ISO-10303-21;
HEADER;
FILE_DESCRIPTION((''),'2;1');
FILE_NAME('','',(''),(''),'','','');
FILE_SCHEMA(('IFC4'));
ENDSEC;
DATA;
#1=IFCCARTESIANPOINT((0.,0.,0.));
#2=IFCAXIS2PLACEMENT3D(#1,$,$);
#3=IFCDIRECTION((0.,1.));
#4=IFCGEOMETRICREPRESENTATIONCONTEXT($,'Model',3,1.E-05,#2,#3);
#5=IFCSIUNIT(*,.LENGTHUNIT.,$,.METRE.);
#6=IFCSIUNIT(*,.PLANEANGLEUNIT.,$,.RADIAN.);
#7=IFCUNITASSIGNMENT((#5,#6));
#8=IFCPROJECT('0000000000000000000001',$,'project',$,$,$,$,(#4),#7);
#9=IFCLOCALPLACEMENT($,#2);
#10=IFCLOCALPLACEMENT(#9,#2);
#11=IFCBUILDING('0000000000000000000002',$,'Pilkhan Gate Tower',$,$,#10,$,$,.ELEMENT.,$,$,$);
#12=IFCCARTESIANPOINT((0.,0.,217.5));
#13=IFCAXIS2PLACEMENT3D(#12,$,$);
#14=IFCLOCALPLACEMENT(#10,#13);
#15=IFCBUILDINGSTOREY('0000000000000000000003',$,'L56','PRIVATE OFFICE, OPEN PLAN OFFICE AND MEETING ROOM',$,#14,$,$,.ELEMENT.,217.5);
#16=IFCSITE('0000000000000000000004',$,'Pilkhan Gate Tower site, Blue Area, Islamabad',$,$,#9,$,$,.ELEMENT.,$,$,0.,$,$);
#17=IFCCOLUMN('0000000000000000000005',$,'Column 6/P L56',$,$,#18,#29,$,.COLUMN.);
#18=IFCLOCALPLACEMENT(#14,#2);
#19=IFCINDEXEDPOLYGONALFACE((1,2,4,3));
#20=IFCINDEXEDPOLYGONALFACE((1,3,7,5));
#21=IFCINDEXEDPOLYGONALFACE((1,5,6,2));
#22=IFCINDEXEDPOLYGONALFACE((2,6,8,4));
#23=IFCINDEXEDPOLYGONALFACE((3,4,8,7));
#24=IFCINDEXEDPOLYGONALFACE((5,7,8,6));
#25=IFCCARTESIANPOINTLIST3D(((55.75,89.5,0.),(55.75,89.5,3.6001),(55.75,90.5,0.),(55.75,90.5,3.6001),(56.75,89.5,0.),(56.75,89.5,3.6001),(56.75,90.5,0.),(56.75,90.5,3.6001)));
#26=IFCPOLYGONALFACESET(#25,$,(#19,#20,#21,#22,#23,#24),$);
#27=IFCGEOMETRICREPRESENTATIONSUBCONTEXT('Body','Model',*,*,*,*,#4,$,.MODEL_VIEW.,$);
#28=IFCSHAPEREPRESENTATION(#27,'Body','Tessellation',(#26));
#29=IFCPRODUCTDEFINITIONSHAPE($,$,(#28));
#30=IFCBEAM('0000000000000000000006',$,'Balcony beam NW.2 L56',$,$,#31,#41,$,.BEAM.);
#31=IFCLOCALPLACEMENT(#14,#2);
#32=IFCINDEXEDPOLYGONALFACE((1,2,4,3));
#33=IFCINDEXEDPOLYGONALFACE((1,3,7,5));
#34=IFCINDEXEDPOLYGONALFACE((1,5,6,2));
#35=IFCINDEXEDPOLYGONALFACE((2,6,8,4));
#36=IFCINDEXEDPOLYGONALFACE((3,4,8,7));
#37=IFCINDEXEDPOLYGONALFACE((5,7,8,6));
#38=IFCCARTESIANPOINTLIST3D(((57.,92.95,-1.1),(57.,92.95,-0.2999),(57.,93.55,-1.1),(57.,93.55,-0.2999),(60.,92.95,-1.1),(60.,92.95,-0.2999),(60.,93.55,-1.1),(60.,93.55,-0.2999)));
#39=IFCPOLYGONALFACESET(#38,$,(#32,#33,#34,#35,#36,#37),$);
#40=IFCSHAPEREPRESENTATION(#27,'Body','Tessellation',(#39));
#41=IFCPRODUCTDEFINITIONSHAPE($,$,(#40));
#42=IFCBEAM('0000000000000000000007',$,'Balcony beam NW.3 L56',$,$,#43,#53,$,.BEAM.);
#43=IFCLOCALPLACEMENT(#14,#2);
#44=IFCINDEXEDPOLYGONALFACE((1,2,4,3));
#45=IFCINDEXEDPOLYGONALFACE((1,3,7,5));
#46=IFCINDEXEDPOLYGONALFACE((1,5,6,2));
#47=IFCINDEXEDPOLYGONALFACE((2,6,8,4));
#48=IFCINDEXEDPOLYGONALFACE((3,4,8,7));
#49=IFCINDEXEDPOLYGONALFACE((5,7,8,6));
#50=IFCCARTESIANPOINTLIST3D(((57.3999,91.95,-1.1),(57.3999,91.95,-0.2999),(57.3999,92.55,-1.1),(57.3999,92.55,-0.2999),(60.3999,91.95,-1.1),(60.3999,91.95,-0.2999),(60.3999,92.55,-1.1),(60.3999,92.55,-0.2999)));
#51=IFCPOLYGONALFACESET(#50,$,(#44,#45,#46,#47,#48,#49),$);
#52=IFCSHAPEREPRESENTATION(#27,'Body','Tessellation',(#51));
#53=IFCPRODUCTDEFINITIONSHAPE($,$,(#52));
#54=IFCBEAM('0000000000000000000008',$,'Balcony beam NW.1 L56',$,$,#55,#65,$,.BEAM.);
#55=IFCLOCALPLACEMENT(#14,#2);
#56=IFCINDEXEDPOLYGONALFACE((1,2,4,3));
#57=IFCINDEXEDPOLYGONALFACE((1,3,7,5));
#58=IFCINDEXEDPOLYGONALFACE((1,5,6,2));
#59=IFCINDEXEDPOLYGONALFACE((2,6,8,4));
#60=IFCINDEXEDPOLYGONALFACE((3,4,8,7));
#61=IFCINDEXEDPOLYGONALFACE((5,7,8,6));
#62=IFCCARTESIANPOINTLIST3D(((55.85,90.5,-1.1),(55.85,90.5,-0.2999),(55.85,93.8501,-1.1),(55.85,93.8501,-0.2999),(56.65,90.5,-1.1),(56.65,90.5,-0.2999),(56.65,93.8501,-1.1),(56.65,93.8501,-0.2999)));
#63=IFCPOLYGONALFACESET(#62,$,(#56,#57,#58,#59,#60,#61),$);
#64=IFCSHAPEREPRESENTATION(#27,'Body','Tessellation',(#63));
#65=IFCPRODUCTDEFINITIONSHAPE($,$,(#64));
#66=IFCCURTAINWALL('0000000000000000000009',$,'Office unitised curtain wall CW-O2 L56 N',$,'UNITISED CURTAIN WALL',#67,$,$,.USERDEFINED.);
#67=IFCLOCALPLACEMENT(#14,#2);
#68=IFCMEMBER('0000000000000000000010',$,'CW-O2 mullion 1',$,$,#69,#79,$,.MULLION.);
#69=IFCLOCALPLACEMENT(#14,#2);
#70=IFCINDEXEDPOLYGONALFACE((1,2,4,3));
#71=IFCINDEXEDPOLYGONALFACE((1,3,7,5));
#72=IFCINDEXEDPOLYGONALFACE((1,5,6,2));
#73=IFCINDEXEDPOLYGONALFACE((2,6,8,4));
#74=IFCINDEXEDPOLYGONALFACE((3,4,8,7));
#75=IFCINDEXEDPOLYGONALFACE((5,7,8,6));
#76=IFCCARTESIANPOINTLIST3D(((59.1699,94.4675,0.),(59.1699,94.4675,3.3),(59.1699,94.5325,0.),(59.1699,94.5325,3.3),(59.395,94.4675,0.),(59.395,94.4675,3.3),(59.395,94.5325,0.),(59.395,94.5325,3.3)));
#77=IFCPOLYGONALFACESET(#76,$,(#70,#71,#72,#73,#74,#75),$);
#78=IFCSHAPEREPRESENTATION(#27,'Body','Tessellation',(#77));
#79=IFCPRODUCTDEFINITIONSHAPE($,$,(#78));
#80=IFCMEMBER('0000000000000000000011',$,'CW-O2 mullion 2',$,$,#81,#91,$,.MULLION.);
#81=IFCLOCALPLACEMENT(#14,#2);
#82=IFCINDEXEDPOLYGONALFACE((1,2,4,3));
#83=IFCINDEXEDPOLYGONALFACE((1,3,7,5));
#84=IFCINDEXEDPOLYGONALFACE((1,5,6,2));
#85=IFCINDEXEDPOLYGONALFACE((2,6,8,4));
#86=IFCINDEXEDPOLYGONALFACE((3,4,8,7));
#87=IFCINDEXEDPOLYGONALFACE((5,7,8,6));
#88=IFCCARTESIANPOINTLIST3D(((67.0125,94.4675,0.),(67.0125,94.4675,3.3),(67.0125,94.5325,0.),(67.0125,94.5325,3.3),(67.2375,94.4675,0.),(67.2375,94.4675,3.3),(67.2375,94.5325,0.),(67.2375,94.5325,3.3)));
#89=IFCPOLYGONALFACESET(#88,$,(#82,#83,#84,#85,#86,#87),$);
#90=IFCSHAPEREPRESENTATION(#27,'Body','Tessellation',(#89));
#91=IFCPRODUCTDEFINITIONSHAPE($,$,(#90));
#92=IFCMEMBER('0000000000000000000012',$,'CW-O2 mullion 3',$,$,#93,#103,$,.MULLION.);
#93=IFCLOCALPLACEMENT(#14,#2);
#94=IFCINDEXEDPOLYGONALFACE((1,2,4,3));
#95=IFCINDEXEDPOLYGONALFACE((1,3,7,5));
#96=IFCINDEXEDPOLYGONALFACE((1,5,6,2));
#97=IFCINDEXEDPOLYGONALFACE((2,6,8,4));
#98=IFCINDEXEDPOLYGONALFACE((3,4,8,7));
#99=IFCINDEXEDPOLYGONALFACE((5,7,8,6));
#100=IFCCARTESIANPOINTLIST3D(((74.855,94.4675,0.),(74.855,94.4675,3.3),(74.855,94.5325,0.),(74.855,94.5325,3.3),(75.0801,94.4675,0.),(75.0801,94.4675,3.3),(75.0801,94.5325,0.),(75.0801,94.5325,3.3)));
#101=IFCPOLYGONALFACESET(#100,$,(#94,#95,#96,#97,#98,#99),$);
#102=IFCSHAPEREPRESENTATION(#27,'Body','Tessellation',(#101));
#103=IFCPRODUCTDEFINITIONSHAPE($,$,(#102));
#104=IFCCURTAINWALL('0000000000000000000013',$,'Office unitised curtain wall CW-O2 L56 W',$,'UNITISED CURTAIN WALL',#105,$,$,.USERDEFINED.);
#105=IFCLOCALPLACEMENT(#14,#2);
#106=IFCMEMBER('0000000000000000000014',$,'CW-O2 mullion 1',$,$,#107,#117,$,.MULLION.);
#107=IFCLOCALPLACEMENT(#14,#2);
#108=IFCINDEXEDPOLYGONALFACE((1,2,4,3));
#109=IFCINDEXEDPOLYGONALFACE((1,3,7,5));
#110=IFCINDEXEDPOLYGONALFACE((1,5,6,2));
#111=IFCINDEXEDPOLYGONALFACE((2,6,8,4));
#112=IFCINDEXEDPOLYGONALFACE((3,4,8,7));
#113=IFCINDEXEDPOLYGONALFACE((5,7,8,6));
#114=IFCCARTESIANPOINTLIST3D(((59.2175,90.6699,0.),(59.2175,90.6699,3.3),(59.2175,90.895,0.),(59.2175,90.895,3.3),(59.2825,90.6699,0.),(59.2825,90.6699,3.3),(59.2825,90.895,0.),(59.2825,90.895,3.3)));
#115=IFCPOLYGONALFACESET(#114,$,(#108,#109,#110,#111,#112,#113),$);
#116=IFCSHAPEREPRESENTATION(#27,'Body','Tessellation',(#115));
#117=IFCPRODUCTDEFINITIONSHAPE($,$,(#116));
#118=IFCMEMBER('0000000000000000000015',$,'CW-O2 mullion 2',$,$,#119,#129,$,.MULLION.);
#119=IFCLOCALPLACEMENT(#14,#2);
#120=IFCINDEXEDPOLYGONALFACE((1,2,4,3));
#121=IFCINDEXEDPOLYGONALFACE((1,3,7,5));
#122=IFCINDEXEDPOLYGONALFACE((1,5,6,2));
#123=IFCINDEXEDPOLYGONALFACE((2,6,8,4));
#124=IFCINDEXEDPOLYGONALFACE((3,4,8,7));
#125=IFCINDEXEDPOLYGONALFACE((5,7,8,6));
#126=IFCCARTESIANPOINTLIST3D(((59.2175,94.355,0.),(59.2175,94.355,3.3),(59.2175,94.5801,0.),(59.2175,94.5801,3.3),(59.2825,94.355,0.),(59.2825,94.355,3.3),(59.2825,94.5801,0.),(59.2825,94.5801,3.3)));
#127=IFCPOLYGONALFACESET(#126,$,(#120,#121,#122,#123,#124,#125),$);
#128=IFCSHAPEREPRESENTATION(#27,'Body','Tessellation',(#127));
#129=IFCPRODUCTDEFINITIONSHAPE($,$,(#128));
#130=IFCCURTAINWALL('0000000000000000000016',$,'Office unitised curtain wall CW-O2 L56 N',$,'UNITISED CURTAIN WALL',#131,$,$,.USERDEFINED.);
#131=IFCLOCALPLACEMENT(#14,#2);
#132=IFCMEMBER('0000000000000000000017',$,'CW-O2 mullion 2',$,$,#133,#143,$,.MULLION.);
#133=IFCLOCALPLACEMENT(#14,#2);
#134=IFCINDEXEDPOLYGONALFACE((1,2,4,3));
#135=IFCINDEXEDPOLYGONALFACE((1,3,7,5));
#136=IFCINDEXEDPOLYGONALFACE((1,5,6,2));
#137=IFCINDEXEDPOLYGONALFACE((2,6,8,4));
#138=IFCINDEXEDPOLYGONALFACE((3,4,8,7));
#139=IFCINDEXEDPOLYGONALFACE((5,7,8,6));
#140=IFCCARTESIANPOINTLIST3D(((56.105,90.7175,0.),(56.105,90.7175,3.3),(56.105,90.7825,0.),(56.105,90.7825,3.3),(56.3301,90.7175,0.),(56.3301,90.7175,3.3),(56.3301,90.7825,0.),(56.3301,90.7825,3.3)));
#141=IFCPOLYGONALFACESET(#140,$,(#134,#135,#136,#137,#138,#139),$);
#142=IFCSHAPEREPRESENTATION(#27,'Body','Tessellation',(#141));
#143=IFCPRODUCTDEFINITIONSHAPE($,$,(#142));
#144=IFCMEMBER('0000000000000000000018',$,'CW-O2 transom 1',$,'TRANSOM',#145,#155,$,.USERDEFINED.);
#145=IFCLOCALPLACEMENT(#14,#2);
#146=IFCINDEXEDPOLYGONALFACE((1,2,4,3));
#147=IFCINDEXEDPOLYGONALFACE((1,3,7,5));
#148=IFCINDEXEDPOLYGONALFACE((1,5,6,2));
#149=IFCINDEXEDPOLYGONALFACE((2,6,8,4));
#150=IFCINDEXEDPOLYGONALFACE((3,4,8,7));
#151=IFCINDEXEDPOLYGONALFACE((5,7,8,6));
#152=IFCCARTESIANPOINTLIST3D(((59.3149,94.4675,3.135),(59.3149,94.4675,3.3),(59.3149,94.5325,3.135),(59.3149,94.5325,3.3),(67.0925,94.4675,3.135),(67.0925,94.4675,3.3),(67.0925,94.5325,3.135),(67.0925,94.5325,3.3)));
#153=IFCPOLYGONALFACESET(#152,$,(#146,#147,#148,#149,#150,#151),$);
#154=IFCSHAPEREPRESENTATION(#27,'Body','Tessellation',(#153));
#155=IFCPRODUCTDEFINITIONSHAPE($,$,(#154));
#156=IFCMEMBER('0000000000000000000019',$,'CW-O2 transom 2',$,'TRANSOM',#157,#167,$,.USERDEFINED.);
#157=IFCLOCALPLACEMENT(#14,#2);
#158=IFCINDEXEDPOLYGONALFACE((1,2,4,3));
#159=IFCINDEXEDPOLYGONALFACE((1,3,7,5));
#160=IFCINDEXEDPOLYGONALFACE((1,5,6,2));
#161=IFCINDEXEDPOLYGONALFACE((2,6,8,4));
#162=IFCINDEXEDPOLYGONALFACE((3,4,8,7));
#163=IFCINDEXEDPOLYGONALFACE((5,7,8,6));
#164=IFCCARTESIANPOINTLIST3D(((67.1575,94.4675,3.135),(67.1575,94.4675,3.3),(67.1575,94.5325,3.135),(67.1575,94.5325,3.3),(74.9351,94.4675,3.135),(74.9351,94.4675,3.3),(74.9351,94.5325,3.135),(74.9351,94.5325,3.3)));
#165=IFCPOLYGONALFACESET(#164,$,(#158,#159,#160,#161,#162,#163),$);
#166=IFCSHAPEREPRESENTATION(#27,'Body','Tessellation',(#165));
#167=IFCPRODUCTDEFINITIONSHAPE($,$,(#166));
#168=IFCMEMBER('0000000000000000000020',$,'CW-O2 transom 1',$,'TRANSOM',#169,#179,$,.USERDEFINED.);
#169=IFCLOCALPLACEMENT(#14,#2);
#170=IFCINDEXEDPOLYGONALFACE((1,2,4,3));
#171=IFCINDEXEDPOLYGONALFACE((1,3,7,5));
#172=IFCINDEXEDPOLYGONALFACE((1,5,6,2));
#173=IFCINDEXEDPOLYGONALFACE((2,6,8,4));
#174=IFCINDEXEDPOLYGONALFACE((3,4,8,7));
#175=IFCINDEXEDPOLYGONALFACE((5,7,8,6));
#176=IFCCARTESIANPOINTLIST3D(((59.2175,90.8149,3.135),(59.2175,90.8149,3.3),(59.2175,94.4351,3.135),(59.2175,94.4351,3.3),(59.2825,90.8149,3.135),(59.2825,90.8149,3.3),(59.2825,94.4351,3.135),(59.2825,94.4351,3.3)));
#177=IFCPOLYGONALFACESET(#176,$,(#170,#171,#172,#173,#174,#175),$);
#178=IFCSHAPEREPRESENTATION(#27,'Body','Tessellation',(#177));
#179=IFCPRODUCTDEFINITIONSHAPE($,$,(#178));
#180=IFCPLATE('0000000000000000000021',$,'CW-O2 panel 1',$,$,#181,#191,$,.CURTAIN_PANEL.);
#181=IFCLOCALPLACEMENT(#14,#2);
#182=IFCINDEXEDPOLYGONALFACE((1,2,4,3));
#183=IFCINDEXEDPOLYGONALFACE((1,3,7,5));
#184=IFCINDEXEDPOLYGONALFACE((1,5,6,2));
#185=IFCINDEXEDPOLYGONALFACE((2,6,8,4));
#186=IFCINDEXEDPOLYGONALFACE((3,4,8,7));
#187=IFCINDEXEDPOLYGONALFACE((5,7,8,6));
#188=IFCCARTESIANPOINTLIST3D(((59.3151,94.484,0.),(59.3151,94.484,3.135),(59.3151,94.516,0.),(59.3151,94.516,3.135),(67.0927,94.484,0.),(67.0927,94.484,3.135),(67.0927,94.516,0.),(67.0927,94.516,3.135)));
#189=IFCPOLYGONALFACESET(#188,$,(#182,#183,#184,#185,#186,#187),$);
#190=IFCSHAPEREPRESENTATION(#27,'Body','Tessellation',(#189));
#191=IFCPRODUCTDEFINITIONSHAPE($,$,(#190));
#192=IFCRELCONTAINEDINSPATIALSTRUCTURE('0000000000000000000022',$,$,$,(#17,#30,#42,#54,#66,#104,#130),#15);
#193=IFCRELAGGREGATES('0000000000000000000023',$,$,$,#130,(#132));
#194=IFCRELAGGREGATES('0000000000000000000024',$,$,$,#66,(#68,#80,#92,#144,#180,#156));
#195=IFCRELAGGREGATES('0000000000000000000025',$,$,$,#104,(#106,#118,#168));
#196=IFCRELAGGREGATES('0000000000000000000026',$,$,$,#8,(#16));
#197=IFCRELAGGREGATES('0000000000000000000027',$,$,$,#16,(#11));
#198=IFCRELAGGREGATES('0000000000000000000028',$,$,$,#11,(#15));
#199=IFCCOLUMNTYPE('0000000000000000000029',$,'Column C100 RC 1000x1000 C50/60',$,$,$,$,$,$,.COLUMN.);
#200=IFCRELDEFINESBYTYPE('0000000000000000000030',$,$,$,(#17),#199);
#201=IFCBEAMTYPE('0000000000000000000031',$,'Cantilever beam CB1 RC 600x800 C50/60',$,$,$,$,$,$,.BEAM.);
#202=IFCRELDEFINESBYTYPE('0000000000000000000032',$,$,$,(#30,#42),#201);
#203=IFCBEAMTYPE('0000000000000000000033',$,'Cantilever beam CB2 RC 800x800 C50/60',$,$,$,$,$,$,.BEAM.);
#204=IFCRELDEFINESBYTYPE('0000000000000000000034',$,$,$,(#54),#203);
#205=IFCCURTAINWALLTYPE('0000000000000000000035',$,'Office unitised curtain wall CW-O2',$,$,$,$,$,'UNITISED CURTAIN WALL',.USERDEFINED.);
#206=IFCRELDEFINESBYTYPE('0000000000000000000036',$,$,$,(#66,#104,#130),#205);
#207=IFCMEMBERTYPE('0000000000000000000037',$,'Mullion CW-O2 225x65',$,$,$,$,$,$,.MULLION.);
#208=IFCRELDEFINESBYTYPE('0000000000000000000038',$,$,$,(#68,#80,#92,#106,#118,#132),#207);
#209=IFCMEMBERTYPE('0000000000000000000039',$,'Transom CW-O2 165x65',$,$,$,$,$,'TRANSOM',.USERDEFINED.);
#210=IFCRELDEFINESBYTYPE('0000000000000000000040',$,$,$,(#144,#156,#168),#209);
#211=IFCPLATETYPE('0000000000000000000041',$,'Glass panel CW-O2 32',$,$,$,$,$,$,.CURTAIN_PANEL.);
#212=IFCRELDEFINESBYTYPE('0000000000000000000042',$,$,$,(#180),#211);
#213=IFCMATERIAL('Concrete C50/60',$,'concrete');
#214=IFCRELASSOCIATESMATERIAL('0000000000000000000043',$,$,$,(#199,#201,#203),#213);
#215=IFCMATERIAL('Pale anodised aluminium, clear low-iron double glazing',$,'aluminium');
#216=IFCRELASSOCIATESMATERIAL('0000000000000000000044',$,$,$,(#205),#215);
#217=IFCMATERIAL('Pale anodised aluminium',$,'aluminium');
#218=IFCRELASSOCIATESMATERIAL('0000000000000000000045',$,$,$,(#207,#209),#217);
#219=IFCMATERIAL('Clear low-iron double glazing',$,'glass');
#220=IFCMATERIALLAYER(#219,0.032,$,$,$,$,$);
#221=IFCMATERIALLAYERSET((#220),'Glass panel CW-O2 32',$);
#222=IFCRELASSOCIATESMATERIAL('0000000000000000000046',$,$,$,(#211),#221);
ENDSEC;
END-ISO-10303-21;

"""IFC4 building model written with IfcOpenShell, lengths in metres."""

from ifc_helpers import new_model, si_unit, direction, frame, origin, origin_2d, place, context, subcontext, project, spatial, rectangle, extrude, material, layer, layer_set, material_profile, profile_set, type_object, element, aggregate, save


model = new_model("IFC4")

# Units and contexts
model_context = context("Model", 3, precision=1e-05, world=origin(), true_north=direction((0.0, 1.0)))
body_context = subcontext(model_context, "Body", "Model", "MODEL_VIEW")
ifc_project = project(units=[si_unit("LENGTHUNIT", "METRE"), si_unit("PLANEANGLEUNIT", "RADIAN")], contexts=[model_context])

# Site, building, storey
site_placement = place(None, origin())
site = spatial("IfcSite", under=ifc_project, at=site_placement, Name="Pilkhan Gate Tower site, Blue Area, Islamabad", CompositionType="ELEMENT", RefElevation=0.0)
building_placement = place(site_placement, origin())
building = spatial("IfcBuilding", under=site, at=building_placement, Name="Pilkhan Gate Tower", CompositionType="ELEMENT")
storey_placement = place(building_placement, frame((0.0, 0.0, 217.5)))
storey = spatial("IfcBuildingStorey", under=building, at=storey_placement, Name="L56", Description="PRIVATE OFFICE, OPEN PLAN OFFICE AND MEETING ROOM", CompositionType="ELEMENT", Elevation=217.5)

# Column
ifc_material_1 = material(Name="Concrete C50/60", Category="concrete")
ifc_material_profile_1 = material_profile(ifc_material_1, rectangle(XDim=1.0, YDim=1.0, at=origin_2d()), Name="RC 1000x1000")
ifc_profile_set_1 = profile_set([ifc_material_profile_1], Name="Concrete C50/60")
column_type = type_object("IfcColumnType", Name="Column C100 RC 1000x1000 C50/60", PredefinedType="COLUMN", material=ifc_profile_set_1)
column_placement = place(storey_placement, frame((56.25, 90.0, 0.0), z_axis=(0.0, 0.0, 1.0), x_axis=(1.0, 0.0, 0.0)))
element("IfcColumn", 1, at=column_placement, inside=storey, type_object=column_type, Name="Column 6/P L56", PredefinedType="COLUMN", context=body_context, shape_type="SweptSolid", body=[
    extrude(rectangle(XDim=1.0, YDim=1.0, at=origin_2d()), origin(), (0.0, 0.0, 1.0), 3.6001),
])

# Beams
ifc_material_profile_2 = material_profile(ifc_material_1, rectangle(XDim=0.6001, YDim=0.8, at=origin_2d()), Name="RC 600x800")
ifc_profile_set_2 = profile_set([ifc_material_profile_2], Name="Concrete C50/60")
beam_type_1 = type_object("IfcBeamType", Name="Cantilever beam CB1 RC 600x800 C50/60", PredefinedType="BEAM", material=ifc_profile_set_2)
for number, where, z_axis, x_axis, name in (
    (2, (60.0, 93.25, -0.7), (-1.0, 0.0, 0.0), (0.0, -1.0, 0.0), "Balcony beam NW.2 L56"),
    (3, (60.3999, 92.25, -0.7), (-1.0, 0.0, 0.0), (0.0, -1.0, 0.0), "Balcony beam NW.3 L56"),
):
    element("IfcBeam", number, at=place(storey_placement, frame(where, z_axis=z_axis, x_axis=x_axis)), inside=storey, type_object=beam_type_1, Name=name, PredefinedType="BEAM", context=body_context, shape_type="SweptSolid", body=[
        extrude(rectangle(XDim=0.6001, YDim=0.8, at=origin_2d()), origin(), (0.0, 0.0, 1.0), 3.0),
    ])
ifc_material_profile_3 = material_profile(ifc_material_1, rectangle(XDim=0.8, YDim=0.8, at=origin_2d()), Name="RC 800x800")
ifc_profile_set_3 = profile_set([ifc_material_profile_3], Name="Concrete C50/60")
beam_type_2 = type_object("IfcBeamType", Name="Cantilever beam CB2 RC 800x800 C50/60", PredefinedType="BEAM", material=ifc_profile_set_3)
beam_placement = place(storey_placement, frame((56.25, 90.5, -0.7), z_axis=(0.0, 1.0, 0.0), x_axis=(-1.0, 0.0, 0.0)))
element("IfcBeam", 4, at=beam_placement, inside=storey, type_object=beam_type_2, Name="Balcony beam NW.1 L56", PredefinedType="BEAM", context=body_context, shape_type="SweptSolid", body=[
    extrude(rectangle(XDim=0.8, YDim=0.8, at=origin_2d()), origin(), (0.0, 0.0, 1.0), 3.3501),
])

# Curtain walls, members
ifc_material_2 = material(Name="Pale anodised aluminium, clear low-iron double glazing", Category="aluminium")
curtain_wall_type = type_object("IfcCurtainWallType", Name="Office unitised curtain wall CW-O2", ElementType="UNITISED CURTAIN WALL", PredefinedType="USERDEFINED", material=ifc_material_2)
curtain_wall_1_placement = place(storey_placement, origin())
curtain_wall_1 = element("IfcCurtainWall", 5, at=curtain_wall_1_placement, inside=storey, type_object=curtain_wall_type, Name="Office unitised curtain wall CW-O2 L56 N", ObjectType="UNITISED CURTAIN WALL", PredefinedType="USERDEFINED")
ifc_material_3 = material(Name="Pale anodised aluminium", Category="aluminium")
ifc_material_profile_4 = material_profile(ifc_material_3, rectangle(XDim=0.0649, YDim=0.2251, at=origin_2d()), Name="Mullion 225x65")
ifc_profile_set_4 = profile_set([ifc_material_profile_4], Name="Pale anodised aluminium")
member_type_1 = type_object("IfcMemberType", Name="Mullion CW-O2 225x65", PredefinedType="MULLION", material=ifc_profile_set_4)
member_1_placement = place(storey_placement, frame((59.2825, 94.5, 0.0), z_axis=(0.0, 0.0, 1.0), x_axis=(0.0, 1.0, 0.0)))
member_1 = element("IfcMember", 6, at=member_1_placement, type_object=member_type_1, Name="CW-O2 mullion 1", PredefinedType="MULLION", context=body_context, shape_type="SweptSolid", body=[
    extrude(rectangle(XDim=0.0649, YDim=0.2251, at=origin_2d()), origin(), (0.0, 0.0, 1.0), 3.3),
])
member_2_placement = place(storey_placement, frame((67.125, 94.5, 0.0), z_axis=(0.0, 0.0, 1.0), x_axis=(0.0, 1.0, 0.0)))
member_2 = element("IfcMember", 7, at=member_2_placement, type_object=member_type_1, Name="CW-O2 mullion 2", PredefinedType="MULLION", context=body_context, shape_type="SweptSolid", body=[
    extrude(rectangle(XDim=0.0649, YDim=0.2251, at=origin_2d()), origin(), (0.0, 0.0, 1.0), 3.3),
])
member_3_placement = place(storey_placement, frame((74.9675, 94.5, 0.0), z_axis=(0.0, 0.0, 1.0), x_axis=(0.0, 1.0, 0.0)))
member_3 = element("IfcMember", 8, at=member_3_placement, type_object=member_type_1, Name="CW-O2 mullion 3", PredefinedType="MULLION", context=body_context, shape_type="SweptSolid", body=[
    extrude(rectangle(XDim=0.0649, YDim=0.2251, at=origin_2d()), origin(), (0.0, 0.0, 1.0), 3.3),
])
curtain_wall_2_placement = place(storey_placement, origin())
curtain_wall_2 = element("IfcCurtainWall", 9, at=curtain_wall_2_placement, inside=storey, type_object=curtain_wall_type, Name="Office unitised curtain wall CW-O2 L56 W", ObjectType="UNITISED CURTAIN WALL", PredefinedType="USERDEFINED")
member_4_placement = place(storey_placement, frame((59.25, 90.7825, 0.0), z_axis=(0.0, 0.0, 1.0), x_axis=(-1.0, 0.0, 0.0)))
member_4 = element("IfcMember", 10, at=member_4_placement, type_object=member_type_1, Name="CW-O2 mullion 1", PredefinedType="MULLION", context=body_context, shape_type="SweptSolid", body=[
    extrude(rectangle(XDim=0.0649, YDim=0.2251, at=origin_2d()), origin(), (0.0, 0.0, 1.0), 3.3),
])
member_5_placement = place(storey_placement, frame((59.25, 94.4675, 0.0), z_axis=(0.0, 0.0, 1.0), x_axis=(-1.0, 0.0, 0.0)))
member_5 = element("IfcMember", 11, at=member_5_placement, type_object=member_type_1, Name="CW-O2 mullion 2", PredefinedType="MULLION", context=body_context, shape_type="SweptSolid", body=[
    extrude(rectangle(XDim=0.0649, YDim=0.2251, at=origin_2d()), origin(), (0.0, 0.0, 1.0), 3.3),
])

# Curtain wall, member
curtain_wall_3_placement = place(storey_placement, origin())
curtain_wall_3 = element("IfcCurtainWall", 12, at=curtain_wall_3_placement, inside=storey, type_object=curtain_wall_type, Name="Office unitised curtain wall CW-O2 L56 N", ObjectType="UNITISED CURTAIN WALL", PredefinedType="USERDEFINED")
member_6_placement = place(storey_placement, frame((56.2175, 90.75, 0.0), z_axis=(0.0, 0.0, 1.0), x_axis=(0.0, 1.0, 0.0)))
member_6 = element("IfcMember", 13, at=member_6_placement, type_object=member_type_1, Name="CW-O2 mullion 2", PredefinedType="MULLION", context=body_context, shape_type="SweptSolid", body=[
    extrude(rectangle(XDim=0.0649, YDim=0.2251, at=origin_2d()), origin(), (0.0, 0.0, 1.0), 3.3),
])
aggregate(curtain_wall_3, [member_6])

# Members
ifc_material_profile_5 = material_profile(ifc_material_3, rectangle(XDim=0.0649, YDim=0.165, at=origin_2d()), Name="Transom 165x65")
ifc_profile_set_5 = profile_set([ifc_material_profile_5], Name="Pale anodised aluminium")
member_type_2 = type_object("IfcMemberType", Name="Transom CW-O2 165x65", ElementType="TRANSOM", PredefinedType="USERDEFINED", material=ifc_profile_set_5)
member_7_placement = place(storey_placement, frame((59.3149, 94.5, 3.2175), z_axis=(1.0, 0.0, 0.0), x_axis=(0.0, 1.0, 0.0)))
member_7 = element("IfcMember", 14, at=member_7_placement, type_object=member_type_2, Name="CW-O2 transom 1", ObjectType="TRANSOM", PredefinedType="USERDEFINED", context=body_context, shape_type="SweptSolid", body=[
    extrude(rectangle(XDim=0.0649, YDim=0.165, at=origin_2d()), origin(), (0.0, 0.0, 1.0), 7.7776),
])
member_8_placement = place(storey_placement, frame((67.1575, 94.5, 3.2175), z_axis=(1.0, 0.0, 0.0), x_axis=(0.0, 1.0, 0.0)))
member_8 = element("IfcMember", 15, at=member_8_placement, type_object=member_type_2, Name="CW-O2 transom 2", ObjectType="TRANSOM", PredefinedType="USERDEFINED", context=body_context, shape_type="SweptSolid", body=[
    extrude(rectangle(XDim=0.0649, YDim=0.165, at=origin_2d()), origin(), (0.0, 0.0, 1.0), 7.7776),
])
member_9_placement = place(storey_placement, frame((59.25, 90.8149, 3.2175), z_axis=(0.0, 1.0, 0.0), x_axis=(-1.0, 0.0, 0.0)))
member_9 = element("IfcMember", 16, at=member_9_placement, type_object=member_type_2, Name="CW-O2 transom 1", ObjectType="TRANSOM", PredefinedType="USERDEFINED", context=body_context, shape_type="SweptSolid", body=[
    extrude(rectangle(XDim=0.0649, YDim=0.165, at=origin_2d()), origin(), (0.0, 0.0, 1.0), 3.6201),
])

# Plate
ifc_material_4 = material(Name="Clear low-iron double glazing", Category="glass")
ifc_layer_1 = layer(ifc_material_4, 0.032)
ifc_layer_set_1 = layer_set([ifc_layer_1], Name="Glass panel CW-O2 32")
plate_type = type_object("IfcPlateType", Name="Glass panel CW-O2 32", PredefinedType="CURTAIN_PANEL", material=ifc_layer_set_1)
plate_1_placement = place(storey_placement, frame((63.2039, 94.5, 0.0), z_axis=(0.0, 0.0, 1.0), x_axis=(1.0, 0.0, 0.0)))
plate_1 = element("IfcPlate", 17, at=plate_1_placement, type_object=plate_type, Name="CW-O2 panel 1", PredefinedType="CURTAIN_PANEL", context=body_context, shape_type="SweptSolid", body=[
    extrude(rectangle(XDim=7.7776, YDim=0.032, at=origin_2d()), origin(), (0.0, 0.0, 1.0), 3.135),
])
aggregate(curtain_wall_1, [member_1, member_2, member_3, member_7, plate_1, member_8])
aggregate(curtain_wall_2, [member_4, member_5, member_9])

save(model, "model.ifc")
